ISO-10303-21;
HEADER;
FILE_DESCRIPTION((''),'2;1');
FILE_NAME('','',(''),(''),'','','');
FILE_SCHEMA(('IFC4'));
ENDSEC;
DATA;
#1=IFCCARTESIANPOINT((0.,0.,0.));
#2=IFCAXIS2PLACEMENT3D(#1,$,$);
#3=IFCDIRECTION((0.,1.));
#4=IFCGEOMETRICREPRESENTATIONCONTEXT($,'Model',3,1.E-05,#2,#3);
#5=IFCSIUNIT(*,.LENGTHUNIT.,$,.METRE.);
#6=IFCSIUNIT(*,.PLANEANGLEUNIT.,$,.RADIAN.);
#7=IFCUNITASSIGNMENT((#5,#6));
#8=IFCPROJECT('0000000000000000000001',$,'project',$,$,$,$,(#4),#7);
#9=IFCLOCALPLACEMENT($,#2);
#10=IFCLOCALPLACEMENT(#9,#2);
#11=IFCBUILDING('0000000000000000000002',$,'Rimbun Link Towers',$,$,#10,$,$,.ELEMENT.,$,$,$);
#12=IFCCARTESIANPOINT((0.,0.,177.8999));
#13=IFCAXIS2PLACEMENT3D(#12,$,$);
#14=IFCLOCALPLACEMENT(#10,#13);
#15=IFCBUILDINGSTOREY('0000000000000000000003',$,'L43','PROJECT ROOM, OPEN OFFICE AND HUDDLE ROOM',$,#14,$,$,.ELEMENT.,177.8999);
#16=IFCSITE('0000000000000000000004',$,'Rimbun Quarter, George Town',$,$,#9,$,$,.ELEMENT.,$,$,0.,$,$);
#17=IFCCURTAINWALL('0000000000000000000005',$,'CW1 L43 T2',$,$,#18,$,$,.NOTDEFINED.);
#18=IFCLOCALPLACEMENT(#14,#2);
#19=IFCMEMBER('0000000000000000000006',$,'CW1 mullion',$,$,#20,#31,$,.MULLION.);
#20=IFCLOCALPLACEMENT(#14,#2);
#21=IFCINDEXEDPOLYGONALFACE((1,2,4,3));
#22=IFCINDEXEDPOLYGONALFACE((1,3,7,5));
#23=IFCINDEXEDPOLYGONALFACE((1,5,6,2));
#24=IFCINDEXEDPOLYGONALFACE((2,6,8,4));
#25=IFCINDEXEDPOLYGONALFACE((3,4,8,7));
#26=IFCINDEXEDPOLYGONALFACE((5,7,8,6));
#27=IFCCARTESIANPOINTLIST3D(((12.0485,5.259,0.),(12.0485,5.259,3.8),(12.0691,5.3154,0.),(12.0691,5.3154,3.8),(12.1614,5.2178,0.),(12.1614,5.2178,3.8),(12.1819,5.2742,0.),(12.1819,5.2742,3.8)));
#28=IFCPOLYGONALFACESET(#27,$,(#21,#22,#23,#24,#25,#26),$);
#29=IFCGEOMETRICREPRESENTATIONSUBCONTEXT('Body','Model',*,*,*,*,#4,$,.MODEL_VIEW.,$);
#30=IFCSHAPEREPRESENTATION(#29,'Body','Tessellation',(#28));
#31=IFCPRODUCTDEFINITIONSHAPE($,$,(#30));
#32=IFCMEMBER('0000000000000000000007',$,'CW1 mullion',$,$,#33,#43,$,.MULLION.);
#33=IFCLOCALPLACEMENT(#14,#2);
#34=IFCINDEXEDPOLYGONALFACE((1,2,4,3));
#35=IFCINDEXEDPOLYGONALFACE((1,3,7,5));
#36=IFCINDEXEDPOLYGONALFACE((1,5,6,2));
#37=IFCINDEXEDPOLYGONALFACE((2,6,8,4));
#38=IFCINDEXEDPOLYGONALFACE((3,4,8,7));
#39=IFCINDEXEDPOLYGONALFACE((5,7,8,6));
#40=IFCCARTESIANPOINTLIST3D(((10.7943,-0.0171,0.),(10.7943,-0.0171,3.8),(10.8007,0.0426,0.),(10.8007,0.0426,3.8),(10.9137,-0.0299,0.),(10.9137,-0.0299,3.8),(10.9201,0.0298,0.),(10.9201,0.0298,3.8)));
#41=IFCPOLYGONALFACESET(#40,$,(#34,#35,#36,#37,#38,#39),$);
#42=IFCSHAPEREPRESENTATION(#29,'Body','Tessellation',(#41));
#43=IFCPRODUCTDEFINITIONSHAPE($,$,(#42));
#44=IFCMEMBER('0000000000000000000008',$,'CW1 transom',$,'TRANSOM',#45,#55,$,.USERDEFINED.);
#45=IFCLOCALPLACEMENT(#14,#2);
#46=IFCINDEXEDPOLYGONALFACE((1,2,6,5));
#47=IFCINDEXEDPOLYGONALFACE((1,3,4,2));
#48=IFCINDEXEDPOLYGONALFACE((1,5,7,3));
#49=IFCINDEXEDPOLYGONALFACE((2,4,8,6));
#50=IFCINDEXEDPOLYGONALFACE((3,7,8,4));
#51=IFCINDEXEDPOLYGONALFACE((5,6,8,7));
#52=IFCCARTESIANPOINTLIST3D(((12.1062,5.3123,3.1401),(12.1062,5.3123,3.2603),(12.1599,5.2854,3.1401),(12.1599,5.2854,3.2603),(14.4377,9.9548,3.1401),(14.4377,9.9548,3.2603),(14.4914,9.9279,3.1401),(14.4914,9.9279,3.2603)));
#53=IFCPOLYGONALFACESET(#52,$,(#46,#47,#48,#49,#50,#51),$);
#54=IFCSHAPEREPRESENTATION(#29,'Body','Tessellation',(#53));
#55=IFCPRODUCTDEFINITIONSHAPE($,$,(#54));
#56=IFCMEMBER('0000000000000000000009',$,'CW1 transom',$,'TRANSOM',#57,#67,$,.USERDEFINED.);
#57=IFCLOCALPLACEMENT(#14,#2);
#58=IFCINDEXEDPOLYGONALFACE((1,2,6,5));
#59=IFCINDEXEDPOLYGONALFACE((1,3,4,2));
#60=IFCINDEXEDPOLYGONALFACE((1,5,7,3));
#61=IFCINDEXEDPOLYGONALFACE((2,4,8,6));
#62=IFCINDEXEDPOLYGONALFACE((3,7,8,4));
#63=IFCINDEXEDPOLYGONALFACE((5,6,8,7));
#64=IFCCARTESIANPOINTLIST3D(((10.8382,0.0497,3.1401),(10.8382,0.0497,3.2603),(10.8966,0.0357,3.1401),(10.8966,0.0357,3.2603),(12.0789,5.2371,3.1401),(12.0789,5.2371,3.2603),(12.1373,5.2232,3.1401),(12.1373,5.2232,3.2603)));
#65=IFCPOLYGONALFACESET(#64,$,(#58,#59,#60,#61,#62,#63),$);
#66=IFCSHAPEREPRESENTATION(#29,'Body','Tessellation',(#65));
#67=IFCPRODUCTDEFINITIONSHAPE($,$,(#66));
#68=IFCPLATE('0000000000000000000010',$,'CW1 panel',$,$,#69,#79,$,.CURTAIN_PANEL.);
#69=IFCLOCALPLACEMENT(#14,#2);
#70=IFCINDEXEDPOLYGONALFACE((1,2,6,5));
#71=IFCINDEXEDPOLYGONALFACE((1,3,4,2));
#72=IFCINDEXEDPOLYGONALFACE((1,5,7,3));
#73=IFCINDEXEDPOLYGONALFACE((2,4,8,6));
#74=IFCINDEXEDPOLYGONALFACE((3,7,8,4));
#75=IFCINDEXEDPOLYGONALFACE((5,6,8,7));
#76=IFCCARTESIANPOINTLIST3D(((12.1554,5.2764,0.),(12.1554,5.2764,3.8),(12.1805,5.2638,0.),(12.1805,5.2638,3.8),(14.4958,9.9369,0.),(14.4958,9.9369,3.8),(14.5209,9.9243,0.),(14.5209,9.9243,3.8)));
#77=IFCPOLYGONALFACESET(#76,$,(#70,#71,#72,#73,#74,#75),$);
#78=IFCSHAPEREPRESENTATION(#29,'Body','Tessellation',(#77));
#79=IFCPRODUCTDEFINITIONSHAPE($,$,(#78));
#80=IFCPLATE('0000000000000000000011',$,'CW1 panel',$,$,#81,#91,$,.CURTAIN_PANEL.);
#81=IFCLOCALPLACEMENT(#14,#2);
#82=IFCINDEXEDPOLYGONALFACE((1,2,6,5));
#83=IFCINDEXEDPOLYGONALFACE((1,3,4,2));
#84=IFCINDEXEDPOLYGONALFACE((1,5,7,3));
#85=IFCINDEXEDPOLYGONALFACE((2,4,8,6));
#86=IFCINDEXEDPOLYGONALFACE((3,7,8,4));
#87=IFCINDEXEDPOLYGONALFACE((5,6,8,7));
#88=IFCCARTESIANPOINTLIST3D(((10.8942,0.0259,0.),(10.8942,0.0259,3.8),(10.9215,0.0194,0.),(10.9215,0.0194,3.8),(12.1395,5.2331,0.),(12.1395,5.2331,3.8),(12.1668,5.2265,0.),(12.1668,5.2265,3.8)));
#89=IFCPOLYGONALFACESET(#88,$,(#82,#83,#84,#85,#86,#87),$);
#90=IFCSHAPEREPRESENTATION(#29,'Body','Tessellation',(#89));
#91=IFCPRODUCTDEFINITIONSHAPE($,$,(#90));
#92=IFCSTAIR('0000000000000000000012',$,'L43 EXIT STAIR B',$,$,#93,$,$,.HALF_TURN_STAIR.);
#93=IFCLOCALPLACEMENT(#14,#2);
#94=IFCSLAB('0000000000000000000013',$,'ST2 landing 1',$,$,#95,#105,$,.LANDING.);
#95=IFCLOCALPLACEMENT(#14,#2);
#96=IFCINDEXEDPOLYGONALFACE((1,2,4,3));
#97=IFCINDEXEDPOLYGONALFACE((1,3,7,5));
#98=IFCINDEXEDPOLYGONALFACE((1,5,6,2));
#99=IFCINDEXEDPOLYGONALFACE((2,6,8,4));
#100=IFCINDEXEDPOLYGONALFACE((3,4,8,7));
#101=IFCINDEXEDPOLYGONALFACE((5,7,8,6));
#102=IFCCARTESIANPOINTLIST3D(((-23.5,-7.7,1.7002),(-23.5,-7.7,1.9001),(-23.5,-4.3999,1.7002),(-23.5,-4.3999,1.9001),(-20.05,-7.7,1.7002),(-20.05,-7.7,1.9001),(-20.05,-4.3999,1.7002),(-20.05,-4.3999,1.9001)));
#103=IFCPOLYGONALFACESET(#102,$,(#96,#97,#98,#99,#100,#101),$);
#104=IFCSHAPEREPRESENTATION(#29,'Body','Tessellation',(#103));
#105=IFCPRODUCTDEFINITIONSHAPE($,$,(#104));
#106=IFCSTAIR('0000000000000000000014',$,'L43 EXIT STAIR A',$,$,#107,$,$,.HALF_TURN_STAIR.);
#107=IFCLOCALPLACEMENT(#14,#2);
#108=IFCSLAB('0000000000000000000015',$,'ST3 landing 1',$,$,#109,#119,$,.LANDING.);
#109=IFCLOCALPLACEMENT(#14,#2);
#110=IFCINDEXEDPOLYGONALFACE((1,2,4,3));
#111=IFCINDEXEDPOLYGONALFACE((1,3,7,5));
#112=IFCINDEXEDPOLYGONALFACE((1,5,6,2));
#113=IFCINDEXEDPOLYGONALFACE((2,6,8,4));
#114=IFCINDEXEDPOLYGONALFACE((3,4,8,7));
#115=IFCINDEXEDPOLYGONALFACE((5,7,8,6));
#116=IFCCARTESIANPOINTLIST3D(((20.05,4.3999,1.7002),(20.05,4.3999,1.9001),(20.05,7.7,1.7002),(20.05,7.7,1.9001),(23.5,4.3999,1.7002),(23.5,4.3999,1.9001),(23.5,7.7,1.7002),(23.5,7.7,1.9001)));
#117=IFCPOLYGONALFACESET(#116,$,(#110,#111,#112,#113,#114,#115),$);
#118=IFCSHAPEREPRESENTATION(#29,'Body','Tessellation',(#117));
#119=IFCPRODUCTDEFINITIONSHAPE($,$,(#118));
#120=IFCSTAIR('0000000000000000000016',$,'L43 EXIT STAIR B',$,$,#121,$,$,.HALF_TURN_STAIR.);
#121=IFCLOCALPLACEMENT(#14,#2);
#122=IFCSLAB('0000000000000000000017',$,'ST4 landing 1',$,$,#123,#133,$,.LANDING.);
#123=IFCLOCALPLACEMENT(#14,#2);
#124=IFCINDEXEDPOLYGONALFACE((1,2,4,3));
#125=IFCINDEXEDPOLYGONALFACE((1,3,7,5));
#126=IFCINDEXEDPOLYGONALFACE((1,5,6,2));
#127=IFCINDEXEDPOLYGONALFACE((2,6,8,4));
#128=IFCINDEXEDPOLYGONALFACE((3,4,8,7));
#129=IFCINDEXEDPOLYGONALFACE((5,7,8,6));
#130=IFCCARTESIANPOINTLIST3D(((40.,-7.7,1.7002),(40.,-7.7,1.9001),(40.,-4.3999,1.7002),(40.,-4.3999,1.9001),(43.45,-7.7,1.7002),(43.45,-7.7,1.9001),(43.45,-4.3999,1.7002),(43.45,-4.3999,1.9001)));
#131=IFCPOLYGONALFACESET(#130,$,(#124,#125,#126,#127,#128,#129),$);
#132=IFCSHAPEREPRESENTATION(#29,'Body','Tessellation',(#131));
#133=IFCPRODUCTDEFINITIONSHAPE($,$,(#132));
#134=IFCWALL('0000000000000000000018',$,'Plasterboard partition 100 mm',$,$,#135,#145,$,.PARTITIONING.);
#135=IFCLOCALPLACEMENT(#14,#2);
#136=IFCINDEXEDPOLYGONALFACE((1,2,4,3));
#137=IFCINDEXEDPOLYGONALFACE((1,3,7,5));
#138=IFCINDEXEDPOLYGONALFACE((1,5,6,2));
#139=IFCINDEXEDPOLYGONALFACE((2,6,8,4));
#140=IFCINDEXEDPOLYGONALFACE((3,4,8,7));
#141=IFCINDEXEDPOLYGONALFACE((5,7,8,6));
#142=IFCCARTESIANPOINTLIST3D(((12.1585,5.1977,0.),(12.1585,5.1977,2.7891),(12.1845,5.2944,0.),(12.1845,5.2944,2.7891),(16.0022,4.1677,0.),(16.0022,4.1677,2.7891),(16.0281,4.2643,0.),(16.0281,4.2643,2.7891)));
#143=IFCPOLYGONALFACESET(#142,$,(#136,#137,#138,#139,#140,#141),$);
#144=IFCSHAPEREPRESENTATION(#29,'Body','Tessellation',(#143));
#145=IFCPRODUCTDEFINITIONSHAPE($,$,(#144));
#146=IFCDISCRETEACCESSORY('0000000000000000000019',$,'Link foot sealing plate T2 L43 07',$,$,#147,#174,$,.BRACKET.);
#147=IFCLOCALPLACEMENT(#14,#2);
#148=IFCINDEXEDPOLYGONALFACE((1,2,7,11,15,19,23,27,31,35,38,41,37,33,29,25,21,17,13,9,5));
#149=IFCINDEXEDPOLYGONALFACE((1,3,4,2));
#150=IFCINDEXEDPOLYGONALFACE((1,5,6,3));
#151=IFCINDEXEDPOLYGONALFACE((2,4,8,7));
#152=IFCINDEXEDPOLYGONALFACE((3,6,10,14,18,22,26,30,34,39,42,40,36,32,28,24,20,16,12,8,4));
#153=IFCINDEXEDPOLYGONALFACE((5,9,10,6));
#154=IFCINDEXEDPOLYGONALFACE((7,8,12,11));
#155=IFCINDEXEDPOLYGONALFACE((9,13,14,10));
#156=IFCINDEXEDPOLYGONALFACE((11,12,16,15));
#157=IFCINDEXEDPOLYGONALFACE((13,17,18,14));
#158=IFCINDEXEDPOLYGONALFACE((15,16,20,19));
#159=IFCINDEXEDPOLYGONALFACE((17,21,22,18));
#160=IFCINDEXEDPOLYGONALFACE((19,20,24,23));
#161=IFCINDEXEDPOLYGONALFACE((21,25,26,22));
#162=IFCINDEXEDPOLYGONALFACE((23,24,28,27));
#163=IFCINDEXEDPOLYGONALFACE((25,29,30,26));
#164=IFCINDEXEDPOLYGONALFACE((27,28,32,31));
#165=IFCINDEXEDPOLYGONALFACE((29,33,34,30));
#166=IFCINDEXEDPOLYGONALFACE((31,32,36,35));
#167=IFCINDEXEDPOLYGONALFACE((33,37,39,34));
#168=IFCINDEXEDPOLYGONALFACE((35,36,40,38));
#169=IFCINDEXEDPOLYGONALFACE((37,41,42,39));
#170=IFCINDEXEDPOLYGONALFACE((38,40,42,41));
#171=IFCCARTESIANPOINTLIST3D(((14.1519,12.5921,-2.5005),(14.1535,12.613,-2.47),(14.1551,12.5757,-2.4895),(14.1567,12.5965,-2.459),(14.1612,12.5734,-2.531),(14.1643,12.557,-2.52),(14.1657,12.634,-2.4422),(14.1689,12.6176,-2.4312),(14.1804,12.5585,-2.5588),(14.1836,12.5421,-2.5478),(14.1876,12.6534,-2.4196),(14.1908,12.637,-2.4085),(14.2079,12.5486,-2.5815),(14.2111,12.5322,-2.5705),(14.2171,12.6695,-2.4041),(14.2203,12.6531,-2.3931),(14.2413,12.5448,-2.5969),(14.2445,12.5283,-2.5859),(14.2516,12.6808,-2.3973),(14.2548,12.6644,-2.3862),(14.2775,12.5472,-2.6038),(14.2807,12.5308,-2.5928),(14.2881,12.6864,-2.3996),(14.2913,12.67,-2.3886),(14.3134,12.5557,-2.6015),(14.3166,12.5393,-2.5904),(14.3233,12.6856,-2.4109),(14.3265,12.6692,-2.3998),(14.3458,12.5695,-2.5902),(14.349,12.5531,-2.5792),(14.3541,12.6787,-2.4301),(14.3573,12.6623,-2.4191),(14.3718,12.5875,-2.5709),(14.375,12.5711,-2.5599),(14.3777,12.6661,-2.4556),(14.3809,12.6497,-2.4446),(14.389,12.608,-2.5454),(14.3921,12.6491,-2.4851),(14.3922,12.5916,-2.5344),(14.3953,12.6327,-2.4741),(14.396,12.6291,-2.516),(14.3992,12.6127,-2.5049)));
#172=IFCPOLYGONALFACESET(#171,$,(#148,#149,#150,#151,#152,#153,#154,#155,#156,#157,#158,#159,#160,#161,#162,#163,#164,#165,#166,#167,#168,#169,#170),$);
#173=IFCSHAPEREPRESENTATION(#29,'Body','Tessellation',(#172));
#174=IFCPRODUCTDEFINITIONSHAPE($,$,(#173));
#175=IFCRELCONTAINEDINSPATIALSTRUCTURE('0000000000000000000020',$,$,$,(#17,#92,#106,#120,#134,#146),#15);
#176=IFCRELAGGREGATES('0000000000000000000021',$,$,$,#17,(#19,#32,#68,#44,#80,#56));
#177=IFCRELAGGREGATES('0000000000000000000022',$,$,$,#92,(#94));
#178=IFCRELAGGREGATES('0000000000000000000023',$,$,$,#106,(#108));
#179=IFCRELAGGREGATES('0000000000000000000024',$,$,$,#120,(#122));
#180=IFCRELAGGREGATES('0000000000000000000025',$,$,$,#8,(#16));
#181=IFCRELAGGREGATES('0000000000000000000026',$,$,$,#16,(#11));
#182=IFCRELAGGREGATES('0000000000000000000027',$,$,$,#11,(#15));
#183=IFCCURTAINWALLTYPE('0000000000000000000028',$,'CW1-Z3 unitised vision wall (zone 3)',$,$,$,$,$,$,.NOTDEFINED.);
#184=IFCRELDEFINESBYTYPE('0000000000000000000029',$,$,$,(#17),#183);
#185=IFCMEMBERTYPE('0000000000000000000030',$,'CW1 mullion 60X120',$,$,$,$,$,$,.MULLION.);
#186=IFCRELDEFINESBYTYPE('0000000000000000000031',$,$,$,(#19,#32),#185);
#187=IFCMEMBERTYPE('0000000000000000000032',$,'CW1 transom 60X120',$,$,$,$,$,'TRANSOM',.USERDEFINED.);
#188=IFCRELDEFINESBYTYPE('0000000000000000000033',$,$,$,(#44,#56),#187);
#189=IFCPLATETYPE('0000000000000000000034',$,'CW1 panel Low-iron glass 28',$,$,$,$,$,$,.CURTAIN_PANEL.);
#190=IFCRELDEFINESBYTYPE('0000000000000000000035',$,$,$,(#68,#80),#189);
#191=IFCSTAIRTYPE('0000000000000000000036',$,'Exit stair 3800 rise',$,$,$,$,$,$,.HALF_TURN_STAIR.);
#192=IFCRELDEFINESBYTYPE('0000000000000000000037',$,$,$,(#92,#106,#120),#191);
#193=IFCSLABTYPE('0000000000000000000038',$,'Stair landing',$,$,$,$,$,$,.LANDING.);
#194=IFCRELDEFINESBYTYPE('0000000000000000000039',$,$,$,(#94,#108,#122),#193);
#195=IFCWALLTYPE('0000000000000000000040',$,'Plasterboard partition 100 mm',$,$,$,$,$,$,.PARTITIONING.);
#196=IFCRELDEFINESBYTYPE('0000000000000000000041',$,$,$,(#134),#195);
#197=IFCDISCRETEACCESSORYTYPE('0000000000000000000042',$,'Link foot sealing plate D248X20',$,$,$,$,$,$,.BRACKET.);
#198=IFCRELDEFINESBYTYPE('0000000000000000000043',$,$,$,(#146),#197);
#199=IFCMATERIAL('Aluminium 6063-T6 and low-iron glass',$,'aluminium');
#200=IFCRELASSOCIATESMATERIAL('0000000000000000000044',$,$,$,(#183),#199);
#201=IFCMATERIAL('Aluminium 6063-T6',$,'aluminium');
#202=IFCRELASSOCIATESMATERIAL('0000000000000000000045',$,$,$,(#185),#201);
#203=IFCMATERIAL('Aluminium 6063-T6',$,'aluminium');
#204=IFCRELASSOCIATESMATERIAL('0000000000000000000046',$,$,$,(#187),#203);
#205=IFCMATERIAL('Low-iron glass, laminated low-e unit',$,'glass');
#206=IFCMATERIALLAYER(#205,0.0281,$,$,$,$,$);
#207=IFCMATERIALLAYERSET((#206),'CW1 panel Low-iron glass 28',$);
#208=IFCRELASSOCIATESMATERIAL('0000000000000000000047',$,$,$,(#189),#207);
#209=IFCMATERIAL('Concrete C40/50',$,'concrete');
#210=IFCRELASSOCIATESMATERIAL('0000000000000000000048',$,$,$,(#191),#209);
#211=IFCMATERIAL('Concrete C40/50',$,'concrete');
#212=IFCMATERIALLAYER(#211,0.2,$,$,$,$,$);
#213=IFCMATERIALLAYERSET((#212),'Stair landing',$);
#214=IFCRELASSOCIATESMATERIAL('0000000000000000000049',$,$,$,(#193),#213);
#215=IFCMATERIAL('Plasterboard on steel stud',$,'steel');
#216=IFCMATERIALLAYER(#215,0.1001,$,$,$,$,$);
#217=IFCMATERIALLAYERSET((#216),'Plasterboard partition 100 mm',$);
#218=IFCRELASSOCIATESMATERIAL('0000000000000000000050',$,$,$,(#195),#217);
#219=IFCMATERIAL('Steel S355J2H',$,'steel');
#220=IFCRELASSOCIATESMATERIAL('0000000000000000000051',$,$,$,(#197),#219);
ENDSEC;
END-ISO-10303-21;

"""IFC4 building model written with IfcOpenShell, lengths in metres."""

from ifc_helpers import new_model, si_unit, direction, frame, frame_2d, origin, origin_2d, place, context, subcontext, project, spatial, polyline, rectangle, circle, outline, extrude, material, layer, layer_set, material_profile, profile_set, type_object, element, aggregate, save


model = new_model("IFC4")

# Units and contexts
model_context = context("Model", 3, precision=1e-05, world=origin(), true_north=direction((0.0, 1.0)))
body_context = subcontext(model_context, "Body", "Model", "MODEL_VIEW")
ifc_project = project(units=[si_unit("LENGTHUNIT", "METRE"), si_unit("PLANEANGLEUNIT", "RADIAN")], contexts=[model_context])

# Site, building, storey
site_placement = place(None, origin())
site = spatial("IfcSite", under=ifc_project, at=site_placement, Name="Rimbun Quarter, George Town", CompositionType="ELEMENT", RefElevation=0.0)
building_placement = place(site_placement, origin())
building = spatial("IfcBuilding", under=site, at=building_placement, Name="Rimbun Link Towers", CompositionType="ELEMENT")
storey_placement = place(building_placement, frame((0.0, 0.0, 177.8999)))
storey = spatial("IfcBuildingStorey", under=building, at=storey_placement, Name="L43", Description="PROJECT ROOM, OPEN OFFICE AND HUDDLE ROOM", CompositionType="ELEMENT", Elevation=177.8999)

# Curtain wall, members
ifc_material_1 = material(Name="Aluminium 6063-T6 and low-iron glass", Category="aluminium")
curtain_wall_type = type_object("IfcCurtainWallType", Name="CW1-Z3 unitised vision wall (zone 3)", PredefinedType="NOTDEFINED", material=ifc_material_1)
curtain_wall_placement = place(storey_placement, origin())
curtain_wall = element("IfcCurtainWall", 1, at=curtain_wall_placement, inside=storey, type_object=curtain_wall_type, Name="CW1 L43 T2", PredefinedType="NOTDEFINED")
ifc_material_2 = material(Name="Aluminium 6063-T6", Category="aluminium")
ifc_material_profile_1 = material_profile(ifc_material_2, rectangle(XDim=0.1201, YDim=0.0601, at=origin_2d()), Name="MULLION 60X120")
ifc_profile_set_1 = profile_set([ifc_material_profile_1], Name="Aluminium 6063-T6")
member_type_1 = type_object("IfcMemberType", Name="CW1 mullion 60X120", PredefinedType="MULLION", material=ifc_profile_set_1)
member_1_placement = place(storey_placement, frame((12.1152, 5.2666, 0.0), z_axis=(0.0, 0.0, 1.0), x_axis=(-0.939349, 0.342962, 0.0)))
member_1 = element("IfcMember", 2, at=member_1_placement, type_object=member_type_1, Name="CW1 mullion", PredefinedType="MULLION", context=body_context, shape_type="SweptSolid", body=[
    extrude(rectangle(XDim=0.1201, YDim=0.0601, at=origin_2d()), origin(), (0.0, 0.0, 1.0), 3.8),
])
member_2_placement = place(storey_placement, frame((10.8572, 0.0063, 0.0), z_axis=(0.0, 0.0, 1.0), x_axis=(-0.994298, 0.106641, 0.0)))
member_2 = element("IfcMember", 3, at=member_2_placement, type_object=member_type_1, Name="CW1 mullion", PredefinedType="MULLION", context=body_context, shape_type="SweptSolid", body=[
    extrude(rectangle(XDim=0.1201, YDim=0.0601, at=origin_2d()), origin(), (0.0, 0.0, 1.0), 3.8),
])
ifc_material_3 = material(Name="Aluminium 6063-T6", Category="aluminium")
ifc_material_profile_2 = material_profile(ifc_material_3, rectangle(XDim=0.0601, YDim=0.1201, at=origin_2d()), Name="TRANSOM 60X120")
ifc_profile_set_2 = profile_set([ifc_material_profile_2], Name="Aluminium 6063-T6")
member_type_2 = type_object("IfcMemberType", Name="CW1 transom 60X120", ElementType="TRANSOM", PredefinedType="USERDEFINED", material=ifc_profile_set_2)
member_3_placement = place(storey_placement, frame((12.1331, 5.2988, 3.2002), z_axis=(0.448792, 0.893636, 0.0), x_axis=(-0.893636, 0.448792, 0.0)))
member_3 = element("IfcMember", 4, at=member_3_placement, type_object=member_type_2, Name="CW1 transom", ObjectType="TRANSOM", PredefinedType="USERDEFINED", context=body_context, shape_type="SweptSolid", body=[
    extrude(rectangle(XDim=0.0601, YDim=0.1201, at=origin_2d()), origin(), (0.0, 0.0, 1.0), 5.1951),
])
member_4_placement = place(storey_placement, frame((10.8674, 0.0427, 3.2002), z_axis=(0.232615, 0.972569, 0.0), x_axis=(-0.972569, 0.232615, 0.0)))
member_4 = element("IfcMember", 5, at=member_4_placement, type_object=member_type_2, Name="CW1 transom", ObjectType="TRANSOM", PredefinedType="USERDEFINED", context=body_context, shape_type="SweptSolid", body=[
    extrude(rectangle(XDim=0.0601, YDim=0.1201, at=origin_2d()), origin(), (0.0, 0.0, 1.0), 5.3337),
])

# Plates
ifc_material_4 = material(Name="Low-iron glass, laminated low-e unit", Category="glass")
ifc_layer_1 = layer(ifc_material_4, 0.0281)
ifc_layer_set_1 = layer_set([ifc_layer_1], Name="CW1 panel Low-iron glass 28")
plate_type = type_object("IfcPlateType", Name="CW1 panel Low-iron glass 28", PredefinedType="CURTAIN_PANEL", material=ifc_layer_set_1)
plate_1_placement = place(storey_placement, frame((13.3381, 7.6003, 0.0), z_axis=(0.0, 0.0, 1.0), x_axis=(0.448773, 0.893646, 0.0)))
plate_1 = element("IfcPlate", 6, at=plate_1_placement, type_object=plate_type, Name="CW1 panel", PredefinedType="CURTAIN_PANEL", context=body_context, shape_type="SweptSolid", body=[
    extrude(rectangle(XDim=5.2151, YDim=0.0281, at=origin_2d()), origin(), (0.0, 0.0, 1.0), 3.8),
])
plate_2_placement = place(storey_placement, frame((11.5305, 2.6262, 0.0), z_axis=(0.0, 0.0, 1.0), x_axis=(0.232595, 0.972574, 0.0)))
plate_2 = element("IfcPlate", 7, at=plate_2_placement, type_object=plate_type, Name="CW1 panel", PredefinedType="CURTAIN_PANEL", context=body_context, shape_type="SweptSolid", body=[
    extrude(rectangle(XDim=5.354, YDim=0.0281, at=origin_2d()), origin(), (0.0, 0.0, 1.0), 3.8),
])
aggregate(curtain_wall, [member_1, member_2, plate_1, member_3, plate_2, member_4])

# Stairs, slabs
ifc_material_5 = material(Name="Concrete C40/50", Category="concrete")
stair_type = type_object("IfcStairType", Name="Exit stair 3800 rise", PredefinedType="HALF_TURN_STAIR", material=ifc_material_5)
stair_1_placement = place(storey_placement, origin())
stair_1 = element("IfcStair", 8, at=stair_1_placement, inside=storey, type_object=stair_type, Name="L43 EXIT STAIR B", PredefinedType="HALF_TURN_STAIR")
ifc_material_6 = material(Name="Concrete C40/50", Category="concrete")
ifc_layer_2 = layer(ifc_material_6, 0.2)
ifc_layer_set_2 = layer_set([ifc_layer_2], Name="Stair landing")
slab_type = type_object("IfcSlabType", Name="Stair landing", PredefinedType="LANDING", material=ifc_layer_set_2)
slab_1_placement = place(storey_placement, frame((0.0, 0.0, 1.7002)))
slab_1 = element("IfcSlab", 9, at=slab_1_placement, type_object=slab_type, Name="ST2 landing 1", PredefinedType="LANDING", context=body_context, shape_type="SweptSolid", body=[
    extrude(outline(polyline([(-23.5, -7.7), (-20.05, -7.7), (-20.05, -4.3999), (-23.5, -4.3999), (-23.5, -7.7)])), origin(), (0.0, 0.0, 1.0), 0.2),
])
aggregate(stair_1, [slab_1])
stair_2_placement = place(storey_placement, origin())
stair_2 = element("IfcStair", 10, at=stair_2_placement, inside=storey, type_object=stair_type, Name="L43 EXIT STAIR A", PredefinedType="HALF_TURN_STAIR")
slab_2_placement = place(storey_placement, frame((0.0, 0.0, 1.7002)))
slab_2 = element("IfcSlab", 11, at=slab_2_placement, type_object=slab_type, Name="ST3 landing 1", PredefinedType="LANDING", context=body_context, shape_type="SweptSolid", body=[
    extrude(outline(polyline([(23.5, 7.7), (20.05, 7.7), (20.05, 4.3999), (23.5, 4.3999), (23.5, 7.7)])), origin(), (0.0, 0.0, 1.0), 0.2),
])
aggregate(stair_2, [slab_2])
stair_3_placement = place(storey_placement, origin())
stair_3 = element("IfcStair", 12, at=stair_3_placement, inside=storey, type_object=stair_type, Name="L43 EXIT STAIR B", PredefinedType="HALF_TURN_STAIR")
slab_3_placement = place(storey_placement, frame((0.0, 0.0, 1.7002)))
slab_3 = element("IfcSlab", 13, at=slab_3_placement, type_object=slab_type, Name="ST4 landing 1", PredefinedType="LANDING", context=body_context, shape_type="SweptSolid", body=[
    extrude(outline(polyline([(40.0, -7.7), (43.45, -7.7), (43.45, -4.3999), (40.0, -4.3999), (40.0, -7.7)])), origin(), (0.0, 0.0, 1.0), 0.2),
])
aggregate(stair_3, [slab_3])

# Wall
ifc_material_7 = material(Name="Plasterboard on steel stud", Category="steel")
ifc_layer_3 = layer(ifc_material_7, 0.1001)
ifc_layer_set_3 = layer_set([ifc_layer_3], Name="Plasterboard partition 100 mm")
wall_type = type_object("IfcWallType", Name="Plasterboard partition 100 mm", PredefinedType="PARTITIONING", material=ifc_layer_set_3)
wall_placement = place(storey_placement, frame((12.1714, 5.2461, 0.0), z_axis=(0.0, 0.0, 1.0), x_axis=(0.965915, -0.258858, 0.0)))
element("IfcWall", 14, at=wall_placement, inside=storey, type_object=wall_type, Name="Plasterboard partition 100 mm", PredefinedType="PARTITIONING", context=body_context, shape_type="SweptSolid", body=[
    extrude(rectangle(XDim=3.9792, YDim=0.1001, at=frame_2d((1.9897, 0.0))), origin(), (0.0, 0.0, 1.0), 2.7891),
])

# Discrete accessory
ifc_material_8 = material(Name="Steel S355J2H", Category="steel")
ifc_material_profile_3 = material_profile(ifc_material_8, circle(Radius=0.124, at=origin_2d()), Name="PL D248")
ifc_profile_set_3 = profile_set([ifc_material_profile_3], Name="Steel S355J2H")
discrete_accessory_type = type_object("IfcDiscreteAccessoryType", Name="Link foot sealing plate D248X20", PredefinedType="BRACKET", material=ifc_profile_set_3)
discrete_accessory_1_placement = place(storey_placement, frame((14.2769, 12.5994, -2.4895), z_axis=(-0.159022, 0.819576, -0.550461), x_axis=(-0.981692, -0.190477, 0.0)))
element("IfcDiscreteAccessory", 15, at=discrete_accessory_1_placement, inside=storey, type_object=discrete_accessory_type, Name="Link foot sealing plate T2 L43 07", PredefinedType="BRACKET", context=body_context, shape_type="SweptSolid", body=[
    extrude(circle(Radius=0.124, at=origin_2d()), origin(), (0.0, 0.0, 1.0), 0.02),
])

save(model, "model.ifc")
